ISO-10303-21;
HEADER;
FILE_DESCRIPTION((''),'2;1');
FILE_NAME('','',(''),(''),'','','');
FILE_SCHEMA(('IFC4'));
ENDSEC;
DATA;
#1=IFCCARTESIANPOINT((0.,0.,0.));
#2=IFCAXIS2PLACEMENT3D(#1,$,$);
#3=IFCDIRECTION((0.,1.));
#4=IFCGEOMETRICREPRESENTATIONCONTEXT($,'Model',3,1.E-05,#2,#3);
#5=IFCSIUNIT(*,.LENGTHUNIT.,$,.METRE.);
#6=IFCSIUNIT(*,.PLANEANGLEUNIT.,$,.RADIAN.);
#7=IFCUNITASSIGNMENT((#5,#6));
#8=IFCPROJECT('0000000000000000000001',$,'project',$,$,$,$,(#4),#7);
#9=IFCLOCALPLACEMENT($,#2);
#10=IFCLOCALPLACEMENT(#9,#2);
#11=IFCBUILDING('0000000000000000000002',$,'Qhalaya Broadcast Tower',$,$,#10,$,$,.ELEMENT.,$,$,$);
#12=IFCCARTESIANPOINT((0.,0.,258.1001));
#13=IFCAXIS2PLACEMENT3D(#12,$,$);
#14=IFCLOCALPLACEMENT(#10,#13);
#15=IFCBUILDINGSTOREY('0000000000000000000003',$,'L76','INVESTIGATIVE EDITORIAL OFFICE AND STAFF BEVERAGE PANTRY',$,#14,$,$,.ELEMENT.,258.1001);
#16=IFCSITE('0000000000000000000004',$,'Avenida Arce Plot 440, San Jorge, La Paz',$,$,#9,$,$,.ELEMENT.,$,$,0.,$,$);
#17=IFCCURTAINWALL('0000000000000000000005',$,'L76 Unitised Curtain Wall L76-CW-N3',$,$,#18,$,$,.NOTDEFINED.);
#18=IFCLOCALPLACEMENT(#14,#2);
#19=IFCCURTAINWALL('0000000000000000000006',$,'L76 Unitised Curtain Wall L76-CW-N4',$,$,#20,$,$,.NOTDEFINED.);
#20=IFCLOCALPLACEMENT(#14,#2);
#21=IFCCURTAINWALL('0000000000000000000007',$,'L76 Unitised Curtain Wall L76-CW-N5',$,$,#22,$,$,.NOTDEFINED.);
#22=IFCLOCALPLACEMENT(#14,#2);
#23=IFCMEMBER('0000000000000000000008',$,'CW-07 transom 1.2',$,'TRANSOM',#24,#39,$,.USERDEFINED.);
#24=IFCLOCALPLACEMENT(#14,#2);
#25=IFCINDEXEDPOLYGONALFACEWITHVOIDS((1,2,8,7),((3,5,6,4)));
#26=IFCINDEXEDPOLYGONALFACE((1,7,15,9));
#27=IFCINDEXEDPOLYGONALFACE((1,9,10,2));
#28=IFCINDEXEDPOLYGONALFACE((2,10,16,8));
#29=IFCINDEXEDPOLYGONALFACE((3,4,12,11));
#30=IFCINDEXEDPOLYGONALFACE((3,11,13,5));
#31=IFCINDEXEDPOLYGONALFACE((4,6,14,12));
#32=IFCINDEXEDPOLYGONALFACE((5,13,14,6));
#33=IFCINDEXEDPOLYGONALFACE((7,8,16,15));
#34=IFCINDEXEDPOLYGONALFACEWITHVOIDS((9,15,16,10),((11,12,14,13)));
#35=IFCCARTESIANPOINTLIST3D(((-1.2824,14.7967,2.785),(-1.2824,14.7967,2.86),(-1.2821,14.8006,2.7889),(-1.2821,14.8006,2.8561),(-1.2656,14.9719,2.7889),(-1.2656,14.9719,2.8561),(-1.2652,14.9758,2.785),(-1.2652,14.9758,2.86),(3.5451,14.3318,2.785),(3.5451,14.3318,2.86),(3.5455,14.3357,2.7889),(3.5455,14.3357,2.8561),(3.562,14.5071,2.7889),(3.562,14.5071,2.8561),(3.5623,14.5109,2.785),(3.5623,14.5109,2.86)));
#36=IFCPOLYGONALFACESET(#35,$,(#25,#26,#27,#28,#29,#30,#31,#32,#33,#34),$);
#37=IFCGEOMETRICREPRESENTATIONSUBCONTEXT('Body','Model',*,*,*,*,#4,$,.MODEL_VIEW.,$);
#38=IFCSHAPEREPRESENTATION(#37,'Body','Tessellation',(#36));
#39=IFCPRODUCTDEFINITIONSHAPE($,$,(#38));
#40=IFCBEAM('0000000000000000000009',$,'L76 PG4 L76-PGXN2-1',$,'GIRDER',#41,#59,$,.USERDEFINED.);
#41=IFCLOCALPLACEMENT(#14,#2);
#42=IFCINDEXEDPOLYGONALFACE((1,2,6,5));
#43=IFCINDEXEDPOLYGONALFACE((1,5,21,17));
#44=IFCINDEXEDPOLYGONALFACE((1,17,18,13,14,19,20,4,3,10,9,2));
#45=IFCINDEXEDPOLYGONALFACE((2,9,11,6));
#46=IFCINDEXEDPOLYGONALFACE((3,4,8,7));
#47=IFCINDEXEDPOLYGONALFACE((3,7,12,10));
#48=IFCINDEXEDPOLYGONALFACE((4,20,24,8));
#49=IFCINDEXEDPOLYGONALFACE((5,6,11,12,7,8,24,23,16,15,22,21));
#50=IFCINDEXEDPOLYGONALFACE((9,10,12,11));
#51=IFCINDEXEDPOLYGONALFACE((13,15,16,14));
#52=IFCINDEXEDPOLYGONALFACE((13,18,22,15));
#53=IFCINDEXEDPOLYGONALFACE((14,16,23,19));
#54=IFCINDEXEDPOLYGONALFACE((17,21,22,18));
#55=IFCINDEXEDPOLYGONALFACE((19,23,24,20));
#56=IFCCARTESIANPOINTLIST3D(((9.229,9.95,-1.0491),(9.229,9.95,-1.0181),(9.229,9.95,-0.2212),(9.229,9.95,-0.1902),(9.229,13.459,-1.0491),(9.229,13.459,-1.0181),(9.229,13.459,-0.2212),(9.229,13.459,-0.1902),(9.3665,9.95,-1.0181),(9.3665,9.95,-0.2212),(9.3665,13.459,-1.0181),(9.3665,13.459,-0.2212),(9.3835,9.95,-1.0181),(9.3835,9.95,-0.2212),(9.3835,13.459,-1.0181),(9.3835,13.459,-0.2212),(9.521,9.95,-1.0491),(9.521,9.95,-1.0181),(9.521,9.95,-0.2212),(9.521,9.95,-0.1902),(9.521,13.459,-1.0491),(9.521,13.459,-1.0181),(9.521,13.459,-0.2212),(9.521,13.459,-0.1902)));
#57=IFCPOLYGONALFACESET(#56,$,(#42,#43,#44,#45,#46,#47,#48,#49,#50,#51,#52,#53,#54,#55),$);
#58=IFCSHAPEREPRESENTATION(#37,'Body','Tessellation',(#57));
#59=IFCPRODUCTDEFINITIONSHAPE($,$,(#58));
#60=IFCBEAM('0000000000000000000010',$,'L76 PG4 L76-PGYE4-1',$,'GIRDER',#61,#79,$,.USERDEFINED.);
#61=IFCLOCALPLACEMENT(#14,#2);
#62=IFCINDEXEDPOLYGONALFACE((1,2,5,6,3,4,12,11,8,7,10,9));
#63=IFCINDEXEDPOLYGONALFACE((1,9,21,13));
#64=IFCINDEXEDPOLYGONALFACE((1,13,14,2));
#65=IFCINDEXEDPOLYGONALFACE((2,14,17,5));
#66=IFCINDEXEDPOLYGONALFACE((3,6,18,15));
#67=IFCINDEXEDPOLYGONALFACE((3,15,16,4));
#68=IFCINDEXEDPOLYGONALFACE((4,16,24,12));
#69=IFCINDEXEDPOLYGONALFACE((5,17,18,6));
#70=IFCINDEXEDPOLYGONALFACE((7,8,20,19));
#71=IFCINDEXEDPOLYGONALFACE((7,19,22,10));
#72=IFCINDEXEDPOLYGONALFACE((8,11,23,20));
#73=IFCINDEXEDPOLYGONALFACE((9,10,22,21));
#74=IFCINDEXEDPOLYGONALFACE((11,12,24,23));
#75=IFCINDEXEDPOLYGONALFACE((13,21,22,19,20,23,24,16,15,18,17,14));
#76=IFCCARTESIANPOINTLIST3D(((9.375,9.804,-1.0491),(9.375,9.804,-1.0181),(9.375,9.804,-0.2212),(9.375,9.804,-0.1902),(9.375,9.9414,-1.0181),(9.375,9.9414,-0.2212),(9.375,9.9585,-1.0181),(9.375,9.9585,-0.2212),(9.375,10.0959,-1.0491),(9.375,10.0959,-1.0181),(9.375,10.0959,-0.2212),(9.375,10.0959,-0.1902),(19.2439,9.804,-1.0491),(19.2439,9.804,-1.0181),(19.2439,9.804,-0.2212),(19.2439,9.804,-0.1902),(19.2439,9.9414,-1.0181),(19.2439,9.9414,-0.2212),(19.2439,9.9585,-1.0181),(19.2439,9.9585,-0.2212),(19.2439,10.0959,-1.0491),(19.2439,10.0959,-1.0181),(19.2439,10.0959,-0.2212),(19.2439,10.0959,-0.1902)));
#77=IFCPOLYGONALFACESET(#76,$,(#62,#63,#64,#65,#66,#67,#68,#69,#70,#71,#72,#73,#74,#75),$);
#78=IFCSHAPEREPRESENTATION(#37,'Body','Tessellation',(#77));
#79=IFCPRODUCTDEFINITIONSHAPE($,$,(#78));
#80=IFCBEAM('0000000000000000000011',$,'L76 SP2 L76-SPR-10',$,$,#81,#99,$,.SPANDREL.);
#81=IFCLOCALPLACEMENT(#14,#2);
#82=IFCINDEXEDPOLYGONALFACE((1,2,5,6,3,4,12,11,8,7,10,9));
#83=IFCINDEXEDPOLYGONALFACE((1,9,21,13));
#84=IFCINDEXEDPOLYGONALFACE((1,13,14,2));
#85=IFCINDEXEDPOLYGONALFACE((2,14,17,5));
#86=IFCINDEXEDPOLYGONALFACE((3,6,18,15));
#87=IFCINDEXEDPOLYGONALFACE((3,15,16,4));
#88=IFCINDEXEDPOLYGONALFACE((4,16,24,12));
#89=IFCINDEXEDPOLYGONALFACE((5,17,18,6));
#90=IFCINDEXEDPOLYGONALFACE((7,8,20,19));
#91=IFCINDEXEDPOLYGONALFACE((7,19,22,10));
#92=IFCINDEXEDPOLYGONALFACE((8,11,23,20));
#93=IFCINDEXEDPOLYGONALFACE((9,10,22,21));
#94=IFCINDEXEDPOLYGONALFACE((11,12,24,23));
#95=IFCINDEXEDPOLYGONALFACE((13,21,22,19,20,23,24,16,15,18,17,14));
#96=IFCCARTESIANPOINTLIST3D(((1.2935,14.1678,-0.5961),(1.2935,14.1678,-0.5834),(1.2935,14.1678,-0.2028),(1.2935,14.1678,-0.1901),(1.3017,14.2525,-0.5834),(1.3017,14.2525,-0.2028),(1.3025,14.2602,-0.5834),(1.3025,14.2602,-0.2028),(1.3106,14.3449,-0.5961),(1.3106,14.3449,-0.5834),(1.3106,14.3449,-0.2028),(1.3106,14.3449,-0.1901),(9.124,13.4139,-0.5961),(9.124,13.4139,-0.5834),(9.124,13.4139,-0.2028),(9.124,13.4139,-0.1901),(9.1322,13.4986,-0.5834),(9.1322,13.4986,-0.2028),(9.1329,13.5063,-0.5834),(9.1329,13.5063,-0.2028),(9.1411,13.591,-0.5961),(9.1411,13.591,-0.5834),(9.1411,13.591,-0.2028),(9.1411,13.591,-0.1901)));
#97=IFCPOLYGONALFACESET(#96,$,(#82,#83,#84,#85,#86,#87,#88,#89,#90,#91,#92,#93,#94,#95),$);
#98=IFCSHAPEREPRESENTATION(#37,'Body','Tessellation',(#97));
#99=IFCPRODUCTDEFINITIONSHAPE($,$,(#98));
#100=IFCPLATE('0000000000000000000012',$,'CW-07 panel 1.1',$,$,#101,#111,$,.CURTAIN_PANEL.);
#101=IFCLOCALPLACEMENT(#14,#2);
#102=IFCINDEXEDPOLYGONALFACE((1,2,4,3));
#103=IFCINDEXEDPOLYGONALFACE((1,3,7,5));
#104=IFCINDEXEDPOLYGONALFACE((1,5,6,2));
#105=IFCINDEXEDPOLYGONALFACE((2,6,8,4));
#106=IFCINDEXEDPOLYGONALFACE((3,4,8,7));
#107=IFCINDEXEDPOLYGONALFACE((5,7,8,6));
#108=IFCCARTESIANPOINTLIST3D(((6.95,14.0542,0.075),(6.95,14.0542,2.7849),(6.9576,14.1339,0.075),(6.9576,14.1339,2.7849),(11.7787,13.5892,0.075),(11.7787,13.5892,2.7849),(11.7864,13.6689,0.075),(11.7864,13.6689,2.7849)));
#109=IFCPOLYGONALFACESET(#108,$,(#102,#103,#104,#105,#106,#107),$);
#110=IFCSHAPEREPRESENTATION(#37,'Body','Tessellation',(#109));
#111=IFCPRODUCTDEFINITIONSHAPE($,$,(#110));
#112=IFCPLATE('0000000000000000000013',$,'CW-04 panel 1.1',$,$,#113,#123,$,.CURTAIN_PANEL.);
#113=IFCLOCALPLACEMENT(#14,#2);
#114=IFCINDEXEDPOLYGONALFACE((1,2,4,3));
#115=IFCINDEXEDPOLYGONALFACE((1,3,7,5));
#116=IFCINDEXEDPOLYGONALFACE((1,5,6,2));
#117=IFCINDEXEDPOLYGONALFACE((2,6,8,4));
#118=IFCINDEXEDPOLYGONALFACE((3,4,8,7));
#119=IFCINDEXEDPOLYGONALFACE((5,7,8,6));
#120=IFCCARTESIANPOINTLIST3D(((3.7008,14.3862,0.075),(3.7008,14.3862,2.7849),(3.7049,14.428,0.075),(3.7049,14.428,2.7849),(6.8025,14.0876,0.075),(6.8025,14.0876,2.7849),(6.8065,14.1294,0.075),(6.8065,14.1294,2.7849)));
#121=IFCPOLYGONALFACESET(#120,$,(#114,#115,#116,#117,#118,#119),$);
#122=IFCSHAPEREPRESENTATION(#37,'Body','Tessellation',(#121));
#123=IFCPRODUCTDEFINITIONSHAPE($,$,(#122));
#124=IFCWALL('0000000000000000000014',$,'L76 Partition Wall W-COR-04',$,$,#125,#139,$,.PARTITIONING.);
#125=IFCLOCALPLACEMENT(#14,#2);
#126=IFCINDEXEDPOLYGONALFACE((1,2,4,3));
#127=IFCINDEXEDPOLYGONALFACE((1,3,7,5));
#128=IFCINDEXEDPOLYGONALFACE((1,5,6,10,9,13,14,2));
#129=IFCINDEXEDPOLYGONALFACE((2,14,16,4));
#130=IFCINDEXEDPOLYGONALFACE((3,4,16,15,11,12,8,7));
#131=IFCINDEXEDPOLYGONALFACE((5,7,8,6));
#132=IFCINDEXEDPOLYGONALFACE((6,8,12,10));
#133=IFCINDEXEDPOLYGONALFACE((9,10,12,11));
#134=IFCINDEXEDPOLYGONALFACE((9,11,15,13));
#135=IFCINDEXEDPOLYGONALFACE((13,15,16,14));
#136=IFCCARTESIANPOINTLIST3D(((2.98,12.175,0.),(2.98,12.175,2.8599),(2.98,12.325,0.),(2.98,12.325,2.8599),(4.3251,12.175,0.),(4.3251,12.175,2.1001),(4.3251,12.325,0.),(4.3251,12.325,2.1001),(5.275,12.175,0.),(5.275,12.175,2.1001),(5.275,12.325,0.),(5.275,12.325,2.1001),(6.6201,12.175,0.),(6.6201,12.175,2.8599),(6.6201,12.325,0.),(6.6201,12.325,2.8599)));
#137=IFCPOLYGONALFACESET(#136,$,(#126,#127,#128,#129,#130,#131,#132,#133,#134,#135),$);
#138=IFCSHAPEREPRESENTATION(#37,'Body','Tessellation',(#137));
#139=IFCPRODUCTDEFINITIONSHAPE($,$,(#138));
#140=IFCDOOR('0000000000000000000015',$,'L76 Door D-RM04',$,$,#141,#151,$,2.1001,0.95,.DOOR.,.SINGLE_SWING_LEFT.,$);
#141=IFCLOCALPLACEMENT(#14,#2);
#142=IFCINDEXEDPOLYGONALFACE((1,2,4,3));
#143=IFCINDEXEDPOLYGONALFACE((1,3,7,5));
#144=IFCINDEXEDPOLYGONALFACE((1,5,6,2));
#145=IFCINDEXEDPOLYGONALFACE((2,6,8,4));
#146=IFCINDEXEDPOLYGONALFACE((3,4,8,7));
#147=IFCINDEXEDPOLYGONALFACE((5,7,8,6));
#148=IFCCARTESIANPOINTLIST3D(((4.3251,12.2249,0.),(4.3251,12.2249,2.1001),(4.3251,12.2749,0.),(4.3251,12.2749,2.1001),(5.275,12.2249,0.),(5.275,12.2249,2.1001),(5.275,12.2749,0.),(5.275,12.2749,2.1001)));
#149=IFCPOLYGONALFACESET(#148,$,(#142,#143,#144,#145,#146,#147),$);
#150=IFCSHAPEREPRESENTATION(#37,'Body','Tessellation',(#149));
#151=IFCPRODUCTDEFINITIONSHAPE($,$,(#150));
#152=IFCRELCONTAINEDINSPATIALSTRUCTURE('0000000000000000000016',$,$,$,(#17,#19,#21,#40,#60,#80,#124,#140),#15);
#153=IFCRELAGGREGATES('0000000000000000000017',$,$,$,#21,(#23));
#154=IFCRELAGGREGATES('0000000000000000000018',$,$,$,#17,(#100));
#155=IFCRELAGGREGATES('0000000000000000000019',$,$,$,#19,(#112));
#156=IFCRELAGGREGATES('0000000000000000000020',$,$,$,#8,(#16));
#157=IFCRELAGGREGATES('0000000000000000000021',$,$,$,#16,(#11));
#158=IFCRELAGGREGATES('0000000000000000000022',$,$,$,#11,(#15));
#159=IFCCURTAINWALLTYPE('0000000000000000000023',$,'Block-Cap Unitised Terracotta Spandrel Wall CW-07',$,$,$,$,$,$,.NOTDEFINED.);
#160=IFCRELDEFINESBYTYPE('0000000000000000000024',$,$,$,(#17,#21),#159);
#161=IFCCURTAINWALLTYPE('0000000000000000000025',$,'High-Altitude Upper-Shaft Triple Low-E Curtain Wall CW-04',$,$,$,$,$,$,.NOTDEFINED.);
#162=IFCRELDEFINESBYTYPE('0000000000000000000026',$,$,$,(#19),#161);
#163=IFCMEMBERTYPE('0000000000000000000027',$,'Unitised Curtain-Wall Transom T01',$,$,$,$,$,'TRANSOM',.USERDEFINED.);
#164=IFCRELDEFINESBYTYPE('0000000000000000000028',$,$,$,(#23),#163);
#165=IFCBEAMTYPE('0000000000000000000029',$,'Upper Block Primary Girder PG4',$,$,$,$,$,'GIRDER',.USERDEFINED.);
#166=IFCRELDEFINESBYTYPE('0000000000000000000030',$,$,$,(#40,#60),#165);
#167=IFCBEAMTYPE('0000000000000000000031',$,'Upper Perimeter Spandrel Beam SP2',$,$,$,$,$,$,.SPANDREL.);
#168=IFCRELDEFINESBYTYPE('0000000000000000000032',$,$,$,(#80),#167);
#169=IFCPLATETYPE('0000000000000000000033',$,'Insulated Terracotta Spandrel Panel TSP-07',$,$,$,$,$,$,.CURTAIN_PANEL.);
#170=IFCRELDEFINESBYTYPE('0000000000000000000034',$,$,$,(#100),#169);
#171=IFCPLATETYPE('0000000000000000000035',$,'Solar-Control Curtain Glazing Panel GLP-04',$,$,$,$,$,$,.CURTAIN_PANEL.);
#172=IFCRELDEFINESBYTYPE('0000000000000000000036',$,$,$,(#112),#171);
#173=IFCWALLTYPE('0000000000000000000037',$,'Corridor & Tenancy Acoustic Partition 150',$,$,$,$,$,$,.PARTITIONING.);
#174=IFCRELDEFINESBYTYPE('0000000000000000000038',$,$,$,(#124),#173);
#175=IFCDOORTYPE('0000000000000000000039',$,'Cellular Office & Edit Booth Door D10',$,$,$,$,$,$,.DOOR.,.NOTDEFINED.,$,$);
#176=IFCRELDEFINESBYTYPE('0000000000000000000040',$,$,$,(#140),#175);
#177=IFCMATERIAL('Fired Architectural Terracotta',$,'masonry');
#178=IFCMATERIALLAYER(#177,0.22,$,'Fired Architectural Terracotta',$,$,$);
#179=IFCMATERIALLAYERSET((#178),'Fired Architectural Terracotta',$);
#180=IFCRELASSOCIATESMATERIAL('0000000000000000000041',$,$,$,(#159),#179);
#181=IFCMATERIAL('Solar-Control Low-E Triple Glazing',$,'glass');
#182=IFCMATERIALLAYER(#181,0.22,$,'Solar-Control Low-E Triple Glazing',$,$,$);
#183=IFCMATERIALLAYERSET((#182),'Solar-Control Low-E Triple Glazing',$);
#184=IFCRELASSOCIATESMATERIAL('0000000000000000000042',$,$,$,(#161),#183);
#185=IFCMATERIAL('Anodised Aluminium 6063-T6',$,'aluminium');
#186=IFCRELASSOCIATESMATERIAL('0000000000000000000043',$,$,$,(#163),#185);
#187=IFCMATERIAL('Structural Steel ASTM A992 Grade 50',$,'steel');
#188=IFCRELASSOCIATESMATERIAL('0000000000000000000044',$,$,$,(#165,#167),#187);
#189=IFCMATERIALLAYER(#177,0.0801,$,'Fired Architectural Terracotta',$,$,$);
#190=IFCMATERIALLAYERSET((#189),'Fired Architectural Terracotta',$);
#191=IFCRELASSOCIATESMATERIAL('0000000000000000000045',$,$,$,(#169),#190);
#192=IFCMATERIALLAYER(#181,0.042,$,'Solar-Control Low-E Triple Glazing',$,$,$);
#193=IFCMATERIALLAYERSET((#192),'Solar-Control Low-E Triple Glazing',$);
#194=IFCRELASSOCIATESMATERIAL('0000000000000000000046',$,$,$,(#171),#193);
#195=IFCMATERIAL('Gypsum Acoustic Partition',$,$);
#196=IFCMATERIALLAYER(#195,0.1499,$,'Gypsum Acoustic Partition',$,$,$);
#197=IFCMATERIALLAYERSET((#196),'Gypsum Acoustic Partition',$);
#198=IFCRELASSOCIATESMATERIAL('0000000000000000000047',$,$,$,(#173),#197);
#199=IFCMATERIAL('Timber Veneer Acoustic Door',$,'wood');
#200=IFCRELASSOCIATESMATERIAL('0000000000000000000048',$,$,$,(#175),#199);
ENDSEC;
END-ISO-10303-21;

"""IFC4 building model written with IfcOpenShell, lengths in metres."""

from ifc_helpers import new_model, si_unit, direction, frame, frame_2d, origin, origin_2d, place, context, subcontext, project, spatial, rectangle, hollow_rectangle, i_section, extrude, material, layer, layer_set, material_profile, profile_set, type_object, element, fill, aggregate, save


model = new_model("IFC4")

# Units and contexts
model_context = context("Model", 3, precision=1e-05, world=origin(), true_north=direction((0.0, 1.0)))
body_context = subcontext(model_context, "Body", "Model", "MODEL_VIEW")
ifc_project = project(units=[si_unit("LENGTHUNIT", "METRE"), si_unit("PLANEANGLEUNIT", "RADIAN")], contexts=[model_context])

# Site, building, storey
site_placement = place(None, origin())
site = spatial("IfcSite", under=ifc_project, at=site_placement, Name="Avenida Arce Plot 440, San Jorge, La Paz", CompositionType="ELEMENT", RefElevation=0.0)
building_placement = place(site_placement, origin())
building = spatial("IfcBuilding", under=site, at=building_placement, Name="Qhalaya Broadcast Tower", CompositionType="ELEMENT")
storey_placement = place(building_placement, frame((0.0, 0.0, 258.1001)))
storey = spatial("IfcBuildingStorey", under=building, at=storey_placement, Name="L76", Description="INVESTIGATIVE EDITORIAL OFFICE AND STAFF BEVERAGE PANTRY", CompositionType="ELEMENT", Elevation=258.1001)

# Shared definitions
ifc_material_1 = material(Name="Structural Steel ASTM A992 Grade 50", Category="steel")

# Curtain wall
ifc_material_2 = material(Name="Fired Architectural Terracotta", Category="masonry")
ifc_layer_1 = layer(ifc_material_2, 0.22, Name="Fired Architectural Terracotta")
ifc_layer_set_1 = layer_set([ifc_layer_1], Name="Fired Architectural Terracotta")
curtain_wall_type_1 = type_object("IfcCurtainWallType", Name="Block-Cap Unitised Terracotta Spandrel Wall CW-07", PredefinedType="NOTDEFINED", material=ifc_layer_set_1)
curtain_wall_1_placement = place(storey_placement, origin())
curtain_wall_1 = element("IfcCurtainWall", 1, at=curtain_wall_1_placement, inside=storey, type_object=curtain_wall_type_1, Name="L76 Unitised Curtain Wall L76-CW-N3", PredefinedType="NOTDEFINED")
ifc_material_3 = material(Name="Anodised Aluminium 6063-T6", Category="aluminium")

# Curtain wall
ifc_material_4 = material(Name="Solar-Control Low-E Triple Glazing", Category="glass")
ifc_layer_2 = layer(ifc_material_4, 0.22, Name="Solar-Control Low-E Triple Glazing")
ifc_layer_set_2 = layer_set([ifc_layer_2], Name="Solar-Control Low-E Triple Glazing")
curtain_wall_type_2 = type_object("IfcCurtainWallType", Name="High-Altitude Upper-Shaft Triple Low-E Curtain Wall CW-04", PredefinedType="NOTDEFINED", material=ifc_layer_set_2)
curtain_wall_2_placement = place(storey_placement, origin())
curtain_wall_2 = element("IfcCurtainWall", 2, at=curtain_wall_2_placement, inside=storey, type_object=curtain_wall_type_2, Name="L76 Unitised Curtain Wall L76-CW-N4", PredefinedType="NOTDEFINED")

# Curtain wall
curtain_wall_3_placement = place(storey_placement, origin())
curtain_wall_3 = element("IfcCurtainWall", 3, at=curtain_wall_3_placement, inside=storey, type_object=curtain_wall_type_1, Name="L76 Unitised Curtain Wall L76-CW-N5", PredefinedType="NOTDEFINED")

# Member
ifc_material_profile_1 = material_profile(ifc_material_3, hollow_rectangle(XDim=0.075, YDim=0.1799, WallThickness=0.0039, at=origin_2d()), Name="ALU-TRN 75x180x4")
ifc_profile_set_1 = profile_set([ifc_material_profile_1], Name="Anodised Aluminium 6063-T6")
member_type_1 = type_object("IfcMemberType", Name="Unitised Curtain-Wall Transom T01", ElementType="TRANSOM", PredefinedType="USERDEFINED", material=ifc_profile_set_1)
member_1_placement = place(storey_placement, frame((3.5537, 14.4214, 2.8225), z_axis=(-0.995396, 0.095845, 0.0), x_axis=(0.0, 0.0, 1.0)))
member_1 = element("IfcMember", 4, at=member_1_placement, type_object=member_type_1, Name="CW-07 transom 1.2", ObjectType="TRANSOM", PredefinedType="USERDEFINED", context=body_context, shape_type="SweptSolid", body=[
    extrude(hollow_rectangle(XDim=0.075, YDim=0.1799, WallThickness=0.0039, at=origin_2d()), origin(), (0.0, 0.0, 1.0), 4.8499),
])
aggregate(curtain_wall_3, [member_1])

# Beams
ifc_material_profile_2 = material_profile(ifc_material_1, i_section(OverallWidth=0.292, OverallDepth=0.8589, WebThickness=0.0171, FlangeThickness=0.031, at=origin_2d()), Name="W33X169")
ifc_profile_set_2 = profile_set([ifc_material_profile_2], Name="Structural Steel ASTM A992 Grade 50")
beam_type_1 = type_object("IfcBeamType", Name="Upper Block Primary Girder PG4", ElementType="GIRDER", PredefinedType="USERDEFINED", material=ifc_profile_set_2)
beam_1_placement = place(storey_placement, frame((9.375, 9.95, -0.6196), z_axis=(0.0, 1.0, 0.0), x_axis=(-1.0, 0.0, 0.0)))
element("IfcBeam", 5, at=beam_1_placement, inside=storey, type_object=beam_type_1, Name="L76 PG4 L76-PGXN2-1", ObjectType="GIRDER", PredefinedType="USERDEFINED", context=body_context, shape_type="SweptSolid", body=[
    extrude(i_section(OverallWidth=0.292, OverallDepth=0.8589, WebThickness=0.0171, FlangeThickness=0.031, at=origin_2d()), origin(), (0.0, 0.0, 1.0), 3.509),
])
beam_2_placement = place(storey_placement, frame((9.375, 9.95, -0.6196), z_axis=(1.0, 0.0, 0.0), x_axis=(0.0, 1.0, 0.0)))
element("IfcBeam", 6, at=beam_2_placement, inside=storey, type_object=beam_type_1, Name="L76 PG4 L76-PGYE4-1", ObjectType="GIRDER", PredefinedType="USERDEFINED", context=body_context, shape_type="SweptSolid", body=[
    extrude(i_section(OverallWidth=0.292, OverallDepth=0.8589, WebThickness=0.0171, FlangeThickness=0.031, at=origin_2d()), origin(), (0.0, 0.0, 1.0), 9.8689),
])
ifc_material_profile_3 = material_profile(ifc_material_1, i_section(OverallWidth=0.178, OverallDepth=0.406, WebThickness=0.0078, FlangeThickness=0.0127, at=origin_2d()), Name="W16X40")
ifc_profile_set_3 = profile_set([ifc_material_profile_3], Name="Structural Steel ASTM A992 Grade 50")
beam_type_2 = type_object("IfcBeamType", Name="Upper Perimeter Spandrel Beam SP2", PredefinedType="SPANDREL", material=ifc_profile_set_3)
beam_3_placement = place(storey_placement, frame((9.1326, 13.5024, -0.3931), z_axis=(-0.995397, 0.095834, 0.0), x_axis=(-0.095834, -0.995397, 0.0)))
element("IfcBeam", 7, at=beam_3_placement, inside=storey, type_object=beam_type_2, Name="L76 SP2 L76-SPR-10", PredefinedType="SPANDREL", context=body_context, shape_type="SweptSolid", body=[
    extrude(i_section(OverallWidth=0.178, OverallDepth=0.406, WebThickness=0.0078, FlangeThickness=0.0127, at=origin_2d()), origin(), (0.0, 0.0, 1.0), 7.8667),
])

# Plates
ifc_layer_3 = layer(ifc_material_2, 0.0801, Name="Fired Architectural Terracotta")
ifc_layer_set_3 = layer_set([ifc_layer_3], Name="Fired Architectural Terracotta")
plate_type_1 = type_object("IfcPlateType", Name="Insulated Terracotta Spandrel Panel TSP-07", PredefinedType="CURTAIN_PANEL", material=ifc_layer_set_3)
plate_1_placement = place(storey_placement, frame((9.3682, 13.8616, 0.075), z_axis=(0.0, 0.0, 1.0), x_axis=(-0.995395, 0.09586, 0.0)))
plate_1 = element("IfcPlate", 8, at=plate_1_placement, type_object=plate_type_1, Name="CW-07 panel 1.1", PredefinedType="CURTAIN_PANEL", context=body_context, shape_type="SweptSolid", body=[
    extrude(rectangle(XDim=4.8511, YDim=0.0801, at=origin_2d()), origin(), (0.0, 0.0, 1.0), 2.71),
])
aggregate(curtain_wall_1, [plate_1])
ifc_layer_4 = layer(ifc_material_4, 0.042, Name="Solar-Control Low-E Triple Glazing")
ifc_layer_set_4 = layer_set([ifc_layer_4], Name="Solar-Control Low-E Triple Glazing")
plate_type_2 = type_object("IfcPlateType", Name="Solar-Control Curtain Glazing Panel GLP-04", PredefinedType="CURTAIN_PANEL", material=ifc_layer_set_4)
plate_2_placement = place(storey_placement, frame((5.2537, 14.2578, 0.075), z_axis=(0.0, 0.0, 1.0), x_axis=(-0.995397, 0.095838, 0.0)))
plate_2 = element("IfcPlate", 9, at=plate_2_placement, type_object=plate_type_2, Name="CW-04 panel 1.1", PredefinedType="CURTAIN_PANEL", context=body_context, shape_type="SweptSolid", body=[
    extrude(rectangle(XDim=3.116, YDim=0.042, at=origin_2d()), origin(), (0.0, 0.0, 1.0), 2.71),
])
aggregate(curtain_wall_2, [plate_2])

# Wall, opening, door
ifc_material_5 = material(Name="Gypsum Acoustic Partition")
ifc_layer_5 = layer(ifc_material_5, 0.1499, Name="Gypsum Acoustic Partition")
ifc_layer_set_5 = layer_set([ifc_layer_5], Name="Gypsum Acoustic Partition")
wall_type_1 = type_object("IfcWallType", Name="Corridor & Tenancy Acoustic Partition 150", PredefinedType="PARTITIONING", material=ifc_layer_set_5)
wall_1_placement = place(storey_placement, frame((2.98, 12.25, 0.0), z_axis=(0.0, 0.0, 1.0), x_axis=(1.0, 0.0, 0.0)))
wall_1 = element("IfcWall", 10, at=wall_1_placement, inside=storey, type_object=wall_type_1, Name="L76 Partition Wall W-COR-04", PredefinedType="PARTITIONING", context=body_context, shape_type="SweptSolid", body=[
    extrude(rectangle(XDim=3.6401, YDim=0.1499, at=frame_2d((1.8201, 0.0))), origin(), (0.0, 0.0, 1.0), 2.8599),
])
opening_1_placement = place(wall_1_placement, frame((1.345, 0.0, 0.0)))
opening_1 = element("IfcOpeningElement", 11, at=opening_1_placement, cuts=wall_1, PredefinedType="OPENING", context=body_context, shape_type="SweptSolid", body=[
    extrude(rectangle(XDim=0.95, YDim=2.1001, at=frame_2d((0.4751, 1.05))), frame((0.0, 0.0869, 0.0), z_axis=(0.0, -1.0, 0.0), x_axis=(1.0, 0.0, 0.0)), (0.0, 0.0, 1.0), 0.1738),
])
ifc_material_6 = material(Name="Timber Veneer Acoustic Door", Category="wood")
door_type = type_object("IfcDoorType", Name="Cellular Office & Edit Booth Door D10", OperationType="NOTDEFINED", PredefinedType="DOOR", material=ifc_material_6)
door_1_placement = place(opening_1_placement, origin())
door_1 = element("IfcDoor", 12, at=door_1_placement, inside=storey, type_object=door_type, Name="L76 Door D-RM04", OperationType="SINGLE_SWING_LEFT", OverallHeight=2.1001, OverallWidth=0.95, PredefinedType="DOOR", context=body_context, shape_type="SweptSolid", body=[
    extrude(rectangle(XDim=0.95, YDim=2.1001, at=frame_2d((0.4751, 1.05))), frame((0.0, 0.0249, 0.0), z_axis=(0.0, -1.0, 0.0), x_axis=(1.0, 0.0, 0.0)), (0.0, 0.0, 1.0), 0.05),
])
fill(opening_1, door_1)

save(model, "model.ifc")
